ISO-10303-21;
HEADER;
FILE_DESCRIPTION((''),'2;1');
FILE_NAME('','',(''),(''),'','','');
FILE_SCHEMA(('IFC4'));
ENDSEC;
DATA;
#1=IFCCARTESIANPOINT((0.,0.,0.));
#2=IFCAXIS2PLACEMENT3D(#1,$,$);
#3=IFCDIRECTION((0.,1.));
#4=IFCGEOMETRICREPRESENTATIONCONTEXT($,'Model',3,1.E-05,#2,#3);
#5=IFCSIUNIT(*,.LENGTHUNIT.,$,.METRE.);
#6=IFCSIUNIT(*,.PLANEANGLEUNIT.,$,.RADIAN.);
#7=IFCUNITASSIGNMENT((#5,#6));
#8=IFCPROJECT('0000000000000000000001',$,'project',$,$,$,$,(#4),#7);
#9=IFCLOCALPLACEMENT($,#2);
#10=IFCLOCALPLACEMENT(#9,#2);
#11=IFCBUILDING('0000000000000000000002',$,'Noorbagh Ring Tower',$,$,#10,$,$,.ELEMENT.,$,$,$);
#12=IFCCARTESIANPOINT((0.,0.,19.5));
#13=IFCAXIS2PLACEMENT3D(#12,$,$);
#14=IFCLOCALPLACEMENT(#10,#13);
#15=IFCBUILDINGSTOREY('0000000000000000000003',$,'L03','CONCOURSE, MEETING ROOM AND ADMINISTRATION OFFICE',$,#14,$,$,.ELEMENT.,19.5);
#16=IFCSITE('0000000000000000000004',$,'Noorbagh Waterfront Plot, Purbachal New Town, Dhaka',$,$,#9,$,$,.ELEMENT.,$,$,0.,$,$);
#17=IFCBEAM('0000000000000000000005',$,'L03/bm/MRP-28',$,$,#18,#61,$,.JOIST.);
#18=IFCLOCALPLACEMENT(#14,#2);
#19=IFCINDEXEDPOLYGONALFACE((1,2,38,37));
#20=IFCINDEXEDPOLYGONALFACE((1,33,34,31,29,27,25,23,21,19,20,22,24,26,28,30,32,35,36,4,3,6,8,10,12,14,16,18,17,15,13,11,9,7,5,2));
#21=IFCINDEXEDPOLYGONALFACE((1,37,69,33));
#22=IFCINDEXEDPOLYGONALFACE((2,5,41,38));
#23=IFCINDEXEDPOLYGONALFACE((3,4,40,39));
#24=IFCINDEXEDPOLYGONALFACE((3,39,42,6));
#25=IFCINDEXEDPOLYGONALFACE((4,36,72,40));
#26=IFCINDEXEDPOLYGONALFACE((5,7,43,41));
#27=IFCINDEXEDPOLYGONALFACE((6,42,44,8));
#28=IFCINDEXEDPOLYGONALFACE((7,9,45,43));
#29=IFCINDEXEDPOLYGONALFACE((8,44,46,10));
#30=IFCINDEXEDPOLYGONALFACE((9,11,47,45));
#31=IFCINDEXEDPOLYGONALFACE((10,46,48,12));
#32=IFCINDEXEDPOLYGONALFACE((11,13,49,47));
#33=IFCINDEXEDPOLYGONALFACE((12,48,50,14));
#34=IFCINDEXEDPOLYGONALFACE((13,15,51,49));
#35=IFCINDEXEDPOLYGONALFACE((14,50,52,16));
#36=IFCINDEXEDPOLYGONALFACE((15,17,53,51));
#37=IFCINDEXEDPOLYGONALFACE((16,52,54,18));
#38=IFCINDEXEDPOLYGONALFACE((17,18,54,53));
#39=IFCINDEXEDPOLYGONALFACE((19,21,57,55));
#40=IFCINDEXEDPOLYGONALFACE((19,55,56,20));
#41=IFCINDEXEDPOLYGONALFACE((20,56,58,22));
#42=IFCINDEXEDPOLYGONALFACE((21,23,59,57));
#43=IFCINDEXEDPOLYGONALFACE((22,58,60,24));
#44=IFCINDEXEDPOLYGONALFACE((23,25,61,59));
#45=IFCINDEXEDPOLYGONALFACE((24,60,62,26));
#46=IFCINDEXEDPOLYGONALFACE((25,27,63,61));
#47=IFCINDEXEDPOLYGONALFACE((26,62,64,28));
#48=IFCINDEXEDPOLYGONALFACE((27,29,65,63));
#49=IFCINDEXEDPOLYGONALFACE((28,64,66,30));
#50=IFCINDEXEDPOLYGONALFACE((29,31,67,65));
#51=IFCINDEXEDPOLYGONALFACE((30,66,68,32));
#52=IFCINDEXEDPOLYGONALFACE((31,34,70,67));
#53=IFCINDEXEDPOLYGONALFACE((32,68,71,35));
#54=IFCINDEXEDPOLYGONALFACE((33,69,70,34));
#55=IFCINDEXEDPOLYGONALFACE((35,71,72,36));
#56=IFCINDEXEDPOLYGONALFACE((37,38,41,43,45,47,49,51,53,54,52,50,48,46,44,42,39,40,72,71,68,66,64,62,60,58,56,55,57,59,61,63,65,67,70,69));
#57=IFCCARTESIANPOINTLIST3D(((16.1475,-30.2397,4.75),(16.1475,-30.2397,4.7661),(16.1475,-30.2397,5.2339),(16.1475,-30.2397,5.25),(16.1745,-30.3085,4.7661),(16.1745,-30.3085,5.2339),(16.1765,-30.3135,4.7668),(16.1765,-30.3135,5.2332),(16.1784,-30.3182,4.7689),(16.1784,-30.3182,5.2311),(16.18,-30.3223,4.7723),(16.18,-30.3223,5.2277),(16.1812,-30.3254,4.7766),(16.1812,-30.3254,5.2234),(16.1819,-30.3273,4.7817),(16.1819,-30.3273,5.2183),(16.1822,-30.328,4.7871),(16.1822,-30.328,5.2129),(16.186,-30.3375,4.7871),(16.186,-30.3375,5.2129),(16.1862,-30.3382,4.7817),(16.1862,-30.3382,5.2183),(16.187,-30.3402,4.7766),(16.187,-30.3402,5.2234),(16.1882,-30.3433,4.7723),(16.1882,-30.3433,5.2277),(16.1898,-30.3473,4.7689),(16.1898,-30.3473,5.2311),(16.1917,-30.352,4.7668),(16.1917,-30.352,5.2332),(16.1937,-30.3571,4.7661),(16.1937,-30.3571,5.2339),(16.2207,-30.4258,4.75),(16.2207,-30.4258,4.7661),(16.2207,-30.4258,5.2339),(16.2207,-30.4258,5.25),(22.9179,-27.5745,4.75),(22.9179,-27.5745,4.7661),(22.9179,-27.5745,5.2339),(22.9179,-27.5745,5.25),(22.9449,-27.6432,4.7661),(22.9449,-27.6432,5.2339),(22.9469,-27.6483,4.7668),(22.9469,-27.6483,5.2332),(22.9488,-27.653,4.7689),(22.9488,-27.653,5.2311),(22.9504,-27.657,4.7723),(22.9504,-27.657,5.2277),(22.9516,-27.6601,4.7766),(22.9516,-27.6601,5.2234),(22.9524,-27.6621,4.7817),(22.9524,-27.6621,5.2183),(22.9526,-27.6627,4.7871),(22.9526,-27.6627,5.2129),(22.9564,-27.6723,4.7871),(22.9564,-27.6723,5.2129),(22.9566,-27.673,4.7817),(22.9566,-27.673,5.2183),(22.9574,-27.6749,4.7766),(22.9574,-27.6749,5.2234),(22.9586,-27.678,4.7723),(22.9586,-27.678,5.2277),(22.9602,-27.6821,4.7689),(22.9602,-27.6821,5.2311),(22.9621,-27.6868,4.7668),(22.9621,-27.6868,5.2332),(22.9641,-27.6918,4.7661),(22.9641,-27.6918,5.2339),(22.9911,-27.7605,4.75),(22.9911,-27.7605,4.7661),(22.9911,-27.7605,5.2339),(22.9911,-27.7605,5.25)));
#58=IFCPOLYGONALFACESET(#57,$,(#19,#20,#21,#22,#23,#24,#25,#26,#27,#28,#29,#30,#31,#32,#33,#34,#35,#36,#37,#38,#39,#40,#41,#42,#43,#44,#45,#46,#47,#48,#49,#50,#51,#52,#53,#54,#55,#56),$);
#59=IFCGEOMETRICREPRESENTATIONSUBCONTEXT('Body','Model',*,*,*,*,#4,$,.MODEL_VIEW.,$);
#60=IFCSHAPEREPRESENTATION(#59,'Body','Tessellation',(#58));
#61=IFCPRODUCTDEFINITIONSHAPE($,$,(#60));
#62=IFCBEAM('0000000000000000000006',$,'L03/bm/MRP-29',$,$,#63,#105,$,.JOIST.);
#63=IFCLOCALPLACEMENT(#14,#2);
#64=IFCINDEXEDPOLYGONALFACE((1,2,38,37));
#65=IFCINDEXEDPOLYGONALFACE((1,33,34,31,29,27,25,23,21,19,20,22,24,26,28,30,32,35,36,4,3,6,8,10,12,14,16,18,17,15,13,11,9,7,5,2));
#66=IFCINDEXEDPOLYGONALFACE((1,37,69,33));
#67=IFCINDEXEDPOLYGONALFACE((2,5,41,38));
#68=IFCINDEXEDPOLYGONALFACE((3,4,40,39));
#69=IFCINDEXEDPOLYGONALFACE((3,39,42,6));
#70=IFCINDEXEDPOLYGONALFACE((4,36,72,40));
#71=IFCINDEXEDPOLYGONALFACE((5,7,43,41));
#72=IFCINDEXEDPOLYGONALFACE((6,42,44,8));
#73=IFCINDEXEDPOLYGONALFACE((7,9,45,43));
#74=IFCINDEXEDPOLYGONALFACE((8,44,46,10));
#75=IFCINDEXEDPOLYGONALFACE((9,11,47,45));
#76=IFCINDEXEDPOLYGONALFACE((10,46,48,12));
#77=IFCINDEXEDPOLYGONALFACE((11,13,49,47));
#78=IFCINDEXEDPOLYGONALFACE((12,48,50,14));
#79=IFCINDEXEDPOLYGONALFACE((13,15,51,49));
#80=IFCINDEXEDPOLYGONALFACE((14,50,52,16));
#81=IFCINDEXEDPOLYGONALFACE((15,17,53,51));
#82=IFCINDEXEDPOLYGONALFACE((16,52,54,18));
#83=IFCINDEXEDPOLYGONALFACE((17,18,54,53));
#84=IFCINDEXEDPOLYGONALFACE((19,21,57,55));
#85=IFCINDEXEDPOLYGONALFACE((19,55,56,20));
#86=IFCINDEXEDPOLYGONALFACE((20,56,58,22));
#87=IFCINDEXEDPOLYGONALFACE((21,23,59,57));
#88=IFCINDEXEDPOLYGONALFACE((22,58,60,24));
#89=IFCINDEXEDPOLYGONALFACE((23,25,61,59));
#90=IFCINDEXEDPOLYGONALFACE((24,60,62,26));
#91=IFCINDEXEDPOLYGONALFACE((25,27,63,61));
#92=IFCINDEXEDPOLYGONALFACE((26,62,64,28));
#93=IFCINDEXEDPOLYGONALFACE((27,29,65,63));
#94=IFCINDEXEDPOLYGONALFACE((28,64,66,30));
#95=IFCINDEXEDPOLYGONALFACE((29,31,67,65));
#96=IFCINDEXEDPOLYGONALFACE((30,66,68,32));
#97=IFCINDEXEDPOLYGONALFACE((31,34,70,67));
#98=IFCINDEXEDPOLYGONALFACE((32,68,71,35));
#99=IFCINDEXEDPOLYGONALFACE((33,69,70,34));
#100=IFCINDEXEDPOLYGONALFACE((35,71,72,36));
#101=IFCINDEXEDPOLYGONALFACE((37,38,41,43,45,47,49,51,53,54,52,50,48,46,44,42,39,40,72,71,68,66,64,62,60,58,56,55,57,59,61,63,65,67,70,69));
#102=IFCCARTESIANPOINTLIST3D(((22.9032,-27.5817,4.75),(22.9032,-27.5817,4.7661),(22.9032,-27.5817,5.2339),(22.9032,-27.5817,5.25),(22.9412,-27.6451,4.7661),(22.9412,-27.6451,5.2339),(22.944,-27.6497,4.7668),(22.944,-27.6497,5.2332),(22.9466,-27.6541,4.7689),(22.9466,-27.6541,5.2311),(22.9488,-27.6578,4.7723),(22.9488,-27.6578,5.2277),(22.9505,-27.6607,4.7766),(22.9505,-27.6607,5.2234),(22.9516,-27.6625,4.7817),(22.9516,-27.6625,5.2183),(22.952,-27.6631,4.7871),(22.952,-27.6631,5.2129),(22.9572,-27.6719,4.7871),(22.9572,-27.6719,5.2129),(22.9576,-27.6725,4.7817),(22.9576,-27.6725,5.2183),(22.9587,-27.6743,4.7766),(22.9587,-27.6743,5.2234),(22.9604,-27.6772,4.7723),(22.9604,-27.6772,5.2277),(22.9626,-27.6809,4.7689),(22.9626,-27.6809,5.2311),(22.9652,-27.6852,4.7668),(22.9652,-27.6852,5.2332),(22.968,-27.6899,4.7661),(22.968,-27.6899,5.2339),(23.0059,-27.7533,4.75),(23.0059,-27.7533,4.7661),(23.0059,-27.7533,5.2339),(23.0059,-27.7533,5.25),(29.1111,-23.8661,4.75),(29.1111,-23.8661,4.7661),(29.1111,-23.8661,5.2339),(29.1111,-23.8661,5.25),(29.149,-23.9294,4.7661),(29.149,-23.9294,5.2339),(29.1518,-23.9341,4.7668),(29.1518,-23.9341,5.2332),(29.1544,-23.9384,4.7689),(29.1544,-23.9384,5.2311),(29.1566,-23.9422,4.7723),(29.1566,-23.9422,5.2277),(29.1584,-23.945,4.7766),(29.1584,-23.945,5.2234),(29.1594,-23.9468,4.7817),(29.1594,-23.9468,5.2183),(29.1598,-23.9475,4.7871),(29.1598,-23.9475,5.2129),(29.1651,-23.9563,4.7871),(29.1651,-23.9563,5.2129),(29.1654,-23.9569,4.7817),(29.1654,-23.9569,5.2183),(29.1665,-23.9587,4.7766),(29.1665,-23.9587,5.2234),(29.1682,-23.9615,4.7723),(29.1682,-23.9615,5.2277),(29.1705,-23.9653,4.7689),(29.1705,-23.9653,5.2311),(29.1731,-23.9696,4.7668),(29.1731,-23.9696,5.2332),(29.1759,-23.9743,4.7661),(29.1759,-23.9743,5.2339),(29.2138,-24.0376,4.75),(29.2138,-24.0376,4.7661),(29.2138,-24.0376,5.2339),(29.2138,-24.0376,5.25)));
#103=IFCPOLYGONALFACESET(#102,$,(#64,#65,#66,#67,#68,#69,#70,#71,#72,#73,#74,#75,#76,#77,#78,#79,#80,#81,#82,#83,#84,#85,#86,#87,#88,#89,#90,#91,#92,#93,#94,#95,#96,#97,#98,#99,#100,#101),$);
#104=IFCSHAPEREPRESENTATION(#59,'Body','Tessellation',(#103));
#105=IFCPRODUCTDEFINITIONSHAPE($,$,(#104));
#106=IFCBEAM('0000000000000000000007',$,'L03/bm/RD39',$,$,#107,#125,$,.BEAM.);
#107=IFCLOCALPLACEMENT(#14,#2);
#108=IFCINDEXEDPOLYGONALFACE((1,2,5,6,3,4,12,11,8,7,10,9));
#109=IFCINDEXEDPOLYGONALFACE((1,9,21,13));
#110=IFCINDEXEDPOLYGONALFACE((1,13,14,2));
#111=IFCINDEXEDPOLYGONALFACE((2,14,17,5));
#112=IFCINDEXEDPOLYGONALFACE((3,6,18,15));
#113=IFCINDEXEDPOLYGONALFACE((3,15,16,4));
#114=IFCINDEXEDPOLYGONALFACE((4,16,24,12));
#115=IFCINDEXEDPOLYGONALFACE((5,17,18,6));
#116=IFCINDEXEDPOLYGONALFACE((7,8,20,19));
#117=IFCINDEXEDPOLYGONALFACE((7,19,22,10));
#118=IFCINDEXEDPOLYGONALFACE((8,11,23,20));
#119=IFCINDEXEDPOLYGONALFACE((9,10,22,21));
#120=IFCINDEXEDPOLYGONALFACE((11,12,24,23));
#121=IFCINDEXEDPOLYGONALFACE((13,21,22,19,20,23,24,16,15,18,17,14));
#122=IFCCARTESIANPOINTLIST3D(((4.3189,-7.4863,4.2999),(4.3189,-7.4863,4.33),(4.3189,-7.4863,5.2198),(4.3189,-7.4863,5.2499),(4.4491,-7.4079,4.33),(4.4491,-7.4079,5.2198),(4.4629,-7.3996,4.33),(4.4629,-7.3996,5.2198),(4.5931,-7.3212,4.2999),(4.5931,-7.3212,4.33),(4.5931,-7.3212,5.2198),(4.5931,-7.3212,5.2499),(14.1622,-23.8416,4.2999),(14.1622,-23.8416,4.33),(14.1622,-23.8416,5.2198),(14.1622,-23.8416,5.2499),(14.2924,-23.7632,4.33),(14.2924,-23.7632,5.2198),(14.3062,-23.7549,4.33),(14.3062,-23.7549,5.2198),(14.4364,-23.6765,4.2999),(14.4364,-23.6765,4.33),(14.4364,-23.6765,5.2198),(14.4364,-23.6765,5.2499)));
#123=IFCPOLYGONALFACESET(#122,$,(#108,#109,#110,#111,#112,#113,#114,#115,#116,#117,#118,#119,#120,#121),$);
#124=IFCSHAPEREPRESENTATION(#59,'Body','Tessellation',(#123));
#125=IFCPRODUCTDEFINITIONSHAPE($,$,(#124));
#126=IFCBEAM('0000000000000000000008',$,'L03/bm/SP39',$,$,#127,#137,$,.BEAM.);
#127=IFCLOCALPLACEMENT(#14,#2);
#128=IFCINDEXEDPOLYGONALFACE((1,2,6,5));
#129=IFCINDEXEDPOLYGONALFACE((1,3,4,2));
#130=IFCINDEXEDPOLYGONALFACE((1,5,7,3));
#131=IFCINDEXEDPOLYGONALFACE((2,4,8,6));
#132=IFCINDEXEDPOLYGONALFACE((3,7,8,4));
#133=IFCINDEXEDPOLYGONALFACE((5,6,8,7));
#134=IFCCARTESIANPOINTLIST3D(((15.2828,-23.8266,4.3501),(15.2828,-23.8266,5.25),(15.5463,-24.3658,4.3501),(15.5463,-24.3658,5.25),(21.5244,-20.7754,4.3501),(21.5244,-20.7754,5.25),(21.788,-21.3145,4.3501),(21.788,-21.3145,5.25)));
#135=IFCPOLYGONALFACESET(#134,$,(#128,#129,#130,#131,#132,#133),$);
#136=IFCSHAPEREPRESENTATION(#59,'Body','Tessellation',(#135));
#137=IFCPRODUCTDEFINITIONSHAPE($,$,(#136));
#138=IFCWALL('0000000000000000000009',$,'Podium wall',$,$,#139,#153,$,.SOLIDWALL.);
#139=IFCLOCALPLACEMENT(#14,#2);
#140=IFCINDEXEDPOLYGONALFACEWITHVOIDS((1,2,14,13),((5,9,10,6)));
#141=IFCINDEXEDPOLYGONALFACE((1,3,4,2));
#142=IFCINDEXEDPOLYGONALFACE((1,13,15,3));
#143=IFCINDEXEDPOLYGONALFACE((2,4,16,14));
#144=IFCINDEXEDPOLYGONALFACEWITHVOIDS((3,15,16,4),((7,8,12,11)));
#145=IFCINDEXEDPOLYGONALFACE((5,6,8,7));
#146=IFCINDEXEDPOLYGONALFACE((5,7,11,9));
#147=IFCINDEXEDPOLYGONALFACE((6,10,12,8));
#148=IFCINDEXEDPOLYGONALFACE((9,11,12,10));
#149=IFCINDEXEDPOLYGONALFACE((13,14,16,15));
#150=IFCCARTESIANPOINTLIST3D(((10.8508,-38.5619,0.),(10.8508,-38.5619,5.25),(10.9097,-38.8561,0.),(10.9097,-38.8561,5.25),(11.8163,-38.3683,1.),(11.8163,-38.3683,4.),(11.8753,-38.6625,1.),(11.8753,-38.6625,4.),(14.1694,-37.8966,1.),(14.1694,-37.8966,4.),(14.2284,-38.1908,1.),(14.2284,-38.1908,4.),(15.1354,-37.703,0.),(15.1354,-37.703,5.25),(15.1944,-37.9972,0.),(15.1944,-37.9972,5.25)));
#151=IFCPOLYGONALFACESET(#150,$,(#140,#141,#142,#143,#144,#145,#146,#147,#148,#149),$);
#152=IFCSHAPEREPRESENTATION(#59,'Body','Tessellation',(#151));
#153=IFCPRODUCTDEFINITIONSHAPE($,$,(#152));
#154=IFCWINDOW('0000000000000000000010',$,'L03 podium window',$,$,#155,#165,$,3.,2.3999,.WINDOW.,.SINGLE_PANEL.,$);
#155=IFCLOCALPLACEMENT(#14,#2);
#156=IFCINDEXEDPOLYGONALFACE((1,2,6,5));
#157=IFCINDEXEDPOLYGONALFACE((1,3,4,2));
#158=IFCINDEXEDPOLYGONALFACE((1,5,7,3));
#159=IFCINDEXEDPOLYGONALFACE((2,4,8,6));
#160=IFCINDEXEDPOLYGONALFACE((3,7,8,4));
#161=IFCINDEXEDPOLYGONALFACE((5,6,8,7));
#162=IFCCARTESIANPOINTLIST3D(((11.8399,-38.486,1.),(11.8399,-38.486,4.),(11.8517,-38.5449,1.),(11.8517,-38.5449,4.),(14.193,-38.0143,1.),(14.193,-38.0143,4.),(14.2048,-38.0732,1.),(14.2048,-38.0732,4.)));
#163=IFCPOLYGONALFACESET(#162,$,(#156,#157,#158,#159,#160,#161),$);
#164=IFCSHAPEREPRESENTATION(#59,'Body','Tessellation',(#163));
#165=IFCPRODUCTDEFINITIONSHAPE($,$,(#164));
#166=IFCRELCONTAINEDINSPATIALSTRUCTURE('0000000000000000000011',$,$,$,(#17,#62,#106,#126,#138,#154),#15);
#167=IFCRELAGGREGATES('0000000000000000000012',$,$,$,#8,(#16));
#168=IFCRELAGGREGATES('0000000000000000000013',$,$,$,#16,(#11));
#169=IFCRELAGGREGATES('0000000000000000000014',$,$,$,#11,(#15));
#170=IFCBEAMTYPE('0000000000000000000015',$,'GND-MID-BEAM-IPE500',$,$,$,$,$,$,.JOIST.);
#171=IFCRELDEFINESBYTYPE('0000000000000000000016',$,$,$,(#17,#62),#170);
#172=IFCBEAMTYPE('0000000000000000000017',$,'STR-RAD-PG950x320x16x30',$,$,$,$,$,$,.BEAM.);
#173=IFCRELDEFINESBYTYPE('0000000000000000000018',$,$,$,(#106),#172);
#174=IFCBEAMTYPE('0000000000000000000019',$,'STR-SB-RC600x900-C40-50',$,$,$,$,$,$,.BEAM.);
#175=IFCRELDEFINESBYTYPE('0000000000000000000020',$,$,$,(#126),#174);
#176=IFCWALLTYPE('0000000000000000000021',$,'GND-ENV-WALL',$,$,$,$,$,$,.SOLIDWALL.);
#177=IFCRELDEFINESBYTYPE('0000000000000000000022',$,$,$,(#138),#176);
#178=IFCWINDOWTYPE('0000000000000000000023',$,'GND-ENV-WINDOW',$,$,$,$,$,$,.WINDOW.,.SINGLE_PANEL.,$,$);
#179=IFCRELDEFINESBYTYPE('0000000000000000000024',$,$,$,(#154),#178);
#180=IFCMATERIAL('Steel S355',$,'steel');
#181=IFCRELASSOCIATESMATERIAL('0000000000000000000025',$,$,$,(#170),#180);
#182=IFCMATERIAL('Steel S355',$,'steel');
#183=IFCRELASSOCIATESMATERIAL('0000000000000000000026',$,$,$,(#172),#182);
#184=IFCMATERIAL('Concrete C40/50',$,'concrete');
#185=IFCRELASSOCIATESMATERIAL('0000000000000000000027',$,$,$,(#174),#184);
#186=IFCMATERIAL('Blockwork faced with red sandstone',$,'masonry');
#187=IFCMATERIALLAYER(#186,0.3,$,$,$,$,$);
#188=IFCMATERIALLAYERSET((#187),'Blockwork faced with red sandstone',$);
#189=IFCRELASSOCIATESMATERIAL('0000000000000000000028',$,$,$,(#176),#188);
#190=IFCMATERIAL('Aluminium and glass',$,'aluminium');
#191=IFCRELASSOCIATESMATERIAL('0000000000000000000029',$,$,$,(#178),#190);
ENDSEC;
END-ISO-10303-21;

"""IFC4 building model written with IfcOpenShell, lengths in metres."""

from ifc_helpers import new_model, si_unit, direction, frame, frame_2d, origin, origin_2d, place, context, subcontext, project, spatial, rectangle, i_section, extrude, material, layer, layer_set, material_profile, profile_set, type_object, element, fill, save


model = new_model("IFC4")

# Units and contexts
model_context = context("Model", 3, precision=1e-05, world=origin(), true_north=direction((0.0, 1.0)))
body_context = subcontext(model_context, "Body", "Model", "MODEL_VIEW")
ifc_project = project(units=[si_unit("LENGTHUNIT", "METRE"), si_unit("PLANEANGLEUNIT", "RADIAN")], contexts=[model_context])

# Site, building, storey
site_placement = place(None, origin())
site = spatial("IfcSite", under=ifc_project, at=site_placement, Name="Noorbagh Waterfront Plot, Purbachal New Town, Dhaka", CompositionType="ELEMENT", RefElevation=0.0)
building_placement = place(site_placement, origin())
building = spatial("IfcBuilding", under=site, at=building_placement, Name="Noorbagh Ring Tower", CompositionType="ELEMENT")
storey_placement = place(building_placement, frame((0.0, 0.0, 19.5)))
storey = spatial("IfcBuildingStorey", under=building, at=storey_placement, Name="L03", Description="CONCOURSE, MEETING ROOM AND ADMINISTRATION OFFICE", CompositionType="ELEMENT", Elevation=19.5)

# Beams
ifc_material_1 = material(Name="Steel S355", Category="steel")
ifc_material_profile_1 = material_profile(ifc_material_1, i_section(OverallWidth=0.2, OverallDepth=0.5, WebThickness=0.0103, FlangeThickness=0.0161, FilletRadius=0.021, at=origin_2d()), Name="IPE500")
ifc_profile_set_1 = profile_set([ifc_material_profile_1], Name="Steel S355")
beam_type_1 = type_object("IfcBeamType", Name="GND-MID-BEAM-IPE500", PredefinedType="JOIST", material=ifc_profile_set_1)
beam_1_placement = place(storey_placement, frame((16.1841, -30.3328, 5.0), z_axis=(0.930497, 0.3663, 0.0), x_axis=(-0.3663, 0.930497, 0.0)))
element("IfcBeam", 1, at=beam_1_placement, inside=storey, type_object=beam_type_1, Name="L03/bm/MRP-28", PredefinedType="JOIST", context=body_context, shape_type="SweptSolid", body=[
    extrude(i_section(OverallWidth=0.2, OverallDepth=0.5, WebThickness=0.0103, FlangeThickness=0.0161, FilletRadius=0.021, at=origin_2d()), origin(), (0.0, 0.0, 1.0), 7.2761),
])
beam_2_placement = place(storey_placement, frame((22.9546, -27.6675, 5.0), z_axis=(0.858046, 0.513572, 0.0), x_axis=(-0.513572, 0.858046, 0.0)))
element("IfcBeam", 2, at=beam_2_placement, inside=storey, type_object=beam_type_1, Name="L03/bm/MRP-29", PredefinedType="JOIST", context=body_context, shape_type="SweptSolid", body=[
    extrude(i_section(OverallWidth=0.2, OverallDepth=0.5, WebThickness=0.0103, FlangeThickness=0.0161, FilletRadius=0.021, at=origin_2d()), origin(), (0.0, 0.0, 1.0), 7.2349),
])
ifc_material_2 = material(Name="Steel S355", Category="steel")
ifc_material_profile_2 = material_profile(ifc_material_2, i_section(OverallWidth=0.3201, OverallDepth=0.95, WebThickness=0.0161, FlangeThickness=0.03, at=origin_2d()), Name="PG950x320x16x30")
ifc_profile_set_2 = profile_set([ifc_material_profile_2], Name="Steel S355")
beam_type_2 = type_object("IfcBeamType", Name="STR-RAD-PG950x320x16x30", PredefinedType="BEAM", material=ifc_profile_set_2)
beam_3_placement = place(storey_placement, frame((14.2993, -23.759, 4.7749), z_axis=(-0.515656, 0.856796, 0.0), x_axis=(-0.856796, -0.515656, 0.0)))
element("IfcBeam", 3, at=beam_3_placement, inside=storey, type_object=beam_type_2, Name="L03/bm/RD39", PredefinedType="BEAM", context=body_context, shape_type="SweptSolid", body=[
    extrude(i_section(OverallWidth=0.3201, OverallDepth=0.95, WebThickness=0.0161, FlangeThickness=0.03, at=origin_2d()), origin(), (0.0, 0.0, 1.0), 19.0889),
])
ifc_material_3 = material(Name="Concrete C40/50", Category="concrete")
ifc_material_profile_3 = material_profile(ifc_material_3, rectangle(XDim=0.6001, YDim=0.8999, at=origin_2d()), Name="RC600x900")
ifc_profile_set_3 = profile_set([ifc_material_profile_3], Name="Concrete C40/50")
beam_type_3 = type_object("IfcBeamType", Name="STR-SB-RC600x900-C40-50", PredefinedType="BEAM", material=ifc_profile_set_3)
beam_4_placement = place(storey_placement, frame((15.4146, -24.0962, 4.8), z_axis=(0.898397, 0.439184, 0.0), x_axis=(-0.439184, 0.898397, 0.0)))
element("IfcBeam", 4, at=beam_4_placement, inside=storey, type_object=beam_type_3, Name="L03/bm/SP39", PredefinedType="BEAM", context=body_context, shape_type="SweptSolid", body=[
    extrude(rectangle(XDim=0.6001, YDim=0.8999, at=origin_2d()), origin(), (0.0, 0.0, 1.0), 6.9475),
])

# Wall, opening, window
ifc_material_4 = material(Name="Blockwork faced with red sandstone", Category="masonry")
ifc_layer_1 = layer(ifc_material_4, 0.3)
ifc_layer_set_1 = layer_set([ifc_layer_1], Name="Blockwork faced with red sandstone")
wall_type = type_object("IfcWallType", Name="GND-ENV-WALL", PredefinedType="SOLIDWALL", material=ifc_layer_set_1)
wall_1_placement = place(storey_placement, frame((10.8801, -38.709, 0.0), z_axis=(0.0, 0.0, 1.0), x_axis=(0.980495, 0.196546, 0.0)))
wall_1 = element("IfcWall", 5, at=wall_1_placement, inside=storey, type_object=wall_type, Name="Podium wall", PredefinedType="SOLIDWALL", context=body_context, shape_type="SweptSolid", body=[
    extrude(rectangle(XDim=4.3699, YDim=0.3, at=frame_2d((2.1851, 0.0))), origin(), (0.0, 0.0, 1.0), 5.25),
])
opening_1_placement = place(wall_1_placement, frame((0.9849, 0.0, 1.0)))
opening_1 = element("IfcOpeningElement", 6, at=opening_1_placement, cuts=wall_1, PredefinedType="OPENING", context=body_context, shape_type="SweptSolid", body=[
    extrude(rectangle(XDim=2.3999, YDim=3.0, at=frame_2d((1.2, 1.5))), frame((0.0, 0.1602, 0.0), z_axis=(0.0, -1.0, 0.0), x_axis=(1.0, 0.0, 0.0)), (0.0, 0.0, 1.0), 0.3201),
])
ifc_material_5 = material(Name="Aluminium and glass", Category="aluminium")
window_type = type_object("IfcWindowType", Name="GND-ENV-WINDOW", PartitioningType="SINGLE_PANEL", PredefinedType="WINDOW", material=ifc_material_5)
window_1_placement = place(opening_1_placement, origin())
window_1 = element("IfcWindow", 7, at=window_1_placement, inside=storey, type_object=window_type, Name="L03 podium window", OverallHeight=3.0, OverallWidth=2.3999, PartitioningType="SINGLE_PANEL", PredefinedType="WINDOW", context=body_context, shape_type="SweptSolid", body=[
    extrude(rectangle(XDim=2.3999, YDim=3.0, at=frame_2d((1.2, 1.5))), frame((0.0, 0.03, 0.0), z_axis=(0.0, -1.0, 0.0), x_axis=(1.0, 0.0, 0.0)), (0.0, 0.0, 1.0), 0.0601),
])
fill(opening_1, window_1)

save(model, "model.ifc")
